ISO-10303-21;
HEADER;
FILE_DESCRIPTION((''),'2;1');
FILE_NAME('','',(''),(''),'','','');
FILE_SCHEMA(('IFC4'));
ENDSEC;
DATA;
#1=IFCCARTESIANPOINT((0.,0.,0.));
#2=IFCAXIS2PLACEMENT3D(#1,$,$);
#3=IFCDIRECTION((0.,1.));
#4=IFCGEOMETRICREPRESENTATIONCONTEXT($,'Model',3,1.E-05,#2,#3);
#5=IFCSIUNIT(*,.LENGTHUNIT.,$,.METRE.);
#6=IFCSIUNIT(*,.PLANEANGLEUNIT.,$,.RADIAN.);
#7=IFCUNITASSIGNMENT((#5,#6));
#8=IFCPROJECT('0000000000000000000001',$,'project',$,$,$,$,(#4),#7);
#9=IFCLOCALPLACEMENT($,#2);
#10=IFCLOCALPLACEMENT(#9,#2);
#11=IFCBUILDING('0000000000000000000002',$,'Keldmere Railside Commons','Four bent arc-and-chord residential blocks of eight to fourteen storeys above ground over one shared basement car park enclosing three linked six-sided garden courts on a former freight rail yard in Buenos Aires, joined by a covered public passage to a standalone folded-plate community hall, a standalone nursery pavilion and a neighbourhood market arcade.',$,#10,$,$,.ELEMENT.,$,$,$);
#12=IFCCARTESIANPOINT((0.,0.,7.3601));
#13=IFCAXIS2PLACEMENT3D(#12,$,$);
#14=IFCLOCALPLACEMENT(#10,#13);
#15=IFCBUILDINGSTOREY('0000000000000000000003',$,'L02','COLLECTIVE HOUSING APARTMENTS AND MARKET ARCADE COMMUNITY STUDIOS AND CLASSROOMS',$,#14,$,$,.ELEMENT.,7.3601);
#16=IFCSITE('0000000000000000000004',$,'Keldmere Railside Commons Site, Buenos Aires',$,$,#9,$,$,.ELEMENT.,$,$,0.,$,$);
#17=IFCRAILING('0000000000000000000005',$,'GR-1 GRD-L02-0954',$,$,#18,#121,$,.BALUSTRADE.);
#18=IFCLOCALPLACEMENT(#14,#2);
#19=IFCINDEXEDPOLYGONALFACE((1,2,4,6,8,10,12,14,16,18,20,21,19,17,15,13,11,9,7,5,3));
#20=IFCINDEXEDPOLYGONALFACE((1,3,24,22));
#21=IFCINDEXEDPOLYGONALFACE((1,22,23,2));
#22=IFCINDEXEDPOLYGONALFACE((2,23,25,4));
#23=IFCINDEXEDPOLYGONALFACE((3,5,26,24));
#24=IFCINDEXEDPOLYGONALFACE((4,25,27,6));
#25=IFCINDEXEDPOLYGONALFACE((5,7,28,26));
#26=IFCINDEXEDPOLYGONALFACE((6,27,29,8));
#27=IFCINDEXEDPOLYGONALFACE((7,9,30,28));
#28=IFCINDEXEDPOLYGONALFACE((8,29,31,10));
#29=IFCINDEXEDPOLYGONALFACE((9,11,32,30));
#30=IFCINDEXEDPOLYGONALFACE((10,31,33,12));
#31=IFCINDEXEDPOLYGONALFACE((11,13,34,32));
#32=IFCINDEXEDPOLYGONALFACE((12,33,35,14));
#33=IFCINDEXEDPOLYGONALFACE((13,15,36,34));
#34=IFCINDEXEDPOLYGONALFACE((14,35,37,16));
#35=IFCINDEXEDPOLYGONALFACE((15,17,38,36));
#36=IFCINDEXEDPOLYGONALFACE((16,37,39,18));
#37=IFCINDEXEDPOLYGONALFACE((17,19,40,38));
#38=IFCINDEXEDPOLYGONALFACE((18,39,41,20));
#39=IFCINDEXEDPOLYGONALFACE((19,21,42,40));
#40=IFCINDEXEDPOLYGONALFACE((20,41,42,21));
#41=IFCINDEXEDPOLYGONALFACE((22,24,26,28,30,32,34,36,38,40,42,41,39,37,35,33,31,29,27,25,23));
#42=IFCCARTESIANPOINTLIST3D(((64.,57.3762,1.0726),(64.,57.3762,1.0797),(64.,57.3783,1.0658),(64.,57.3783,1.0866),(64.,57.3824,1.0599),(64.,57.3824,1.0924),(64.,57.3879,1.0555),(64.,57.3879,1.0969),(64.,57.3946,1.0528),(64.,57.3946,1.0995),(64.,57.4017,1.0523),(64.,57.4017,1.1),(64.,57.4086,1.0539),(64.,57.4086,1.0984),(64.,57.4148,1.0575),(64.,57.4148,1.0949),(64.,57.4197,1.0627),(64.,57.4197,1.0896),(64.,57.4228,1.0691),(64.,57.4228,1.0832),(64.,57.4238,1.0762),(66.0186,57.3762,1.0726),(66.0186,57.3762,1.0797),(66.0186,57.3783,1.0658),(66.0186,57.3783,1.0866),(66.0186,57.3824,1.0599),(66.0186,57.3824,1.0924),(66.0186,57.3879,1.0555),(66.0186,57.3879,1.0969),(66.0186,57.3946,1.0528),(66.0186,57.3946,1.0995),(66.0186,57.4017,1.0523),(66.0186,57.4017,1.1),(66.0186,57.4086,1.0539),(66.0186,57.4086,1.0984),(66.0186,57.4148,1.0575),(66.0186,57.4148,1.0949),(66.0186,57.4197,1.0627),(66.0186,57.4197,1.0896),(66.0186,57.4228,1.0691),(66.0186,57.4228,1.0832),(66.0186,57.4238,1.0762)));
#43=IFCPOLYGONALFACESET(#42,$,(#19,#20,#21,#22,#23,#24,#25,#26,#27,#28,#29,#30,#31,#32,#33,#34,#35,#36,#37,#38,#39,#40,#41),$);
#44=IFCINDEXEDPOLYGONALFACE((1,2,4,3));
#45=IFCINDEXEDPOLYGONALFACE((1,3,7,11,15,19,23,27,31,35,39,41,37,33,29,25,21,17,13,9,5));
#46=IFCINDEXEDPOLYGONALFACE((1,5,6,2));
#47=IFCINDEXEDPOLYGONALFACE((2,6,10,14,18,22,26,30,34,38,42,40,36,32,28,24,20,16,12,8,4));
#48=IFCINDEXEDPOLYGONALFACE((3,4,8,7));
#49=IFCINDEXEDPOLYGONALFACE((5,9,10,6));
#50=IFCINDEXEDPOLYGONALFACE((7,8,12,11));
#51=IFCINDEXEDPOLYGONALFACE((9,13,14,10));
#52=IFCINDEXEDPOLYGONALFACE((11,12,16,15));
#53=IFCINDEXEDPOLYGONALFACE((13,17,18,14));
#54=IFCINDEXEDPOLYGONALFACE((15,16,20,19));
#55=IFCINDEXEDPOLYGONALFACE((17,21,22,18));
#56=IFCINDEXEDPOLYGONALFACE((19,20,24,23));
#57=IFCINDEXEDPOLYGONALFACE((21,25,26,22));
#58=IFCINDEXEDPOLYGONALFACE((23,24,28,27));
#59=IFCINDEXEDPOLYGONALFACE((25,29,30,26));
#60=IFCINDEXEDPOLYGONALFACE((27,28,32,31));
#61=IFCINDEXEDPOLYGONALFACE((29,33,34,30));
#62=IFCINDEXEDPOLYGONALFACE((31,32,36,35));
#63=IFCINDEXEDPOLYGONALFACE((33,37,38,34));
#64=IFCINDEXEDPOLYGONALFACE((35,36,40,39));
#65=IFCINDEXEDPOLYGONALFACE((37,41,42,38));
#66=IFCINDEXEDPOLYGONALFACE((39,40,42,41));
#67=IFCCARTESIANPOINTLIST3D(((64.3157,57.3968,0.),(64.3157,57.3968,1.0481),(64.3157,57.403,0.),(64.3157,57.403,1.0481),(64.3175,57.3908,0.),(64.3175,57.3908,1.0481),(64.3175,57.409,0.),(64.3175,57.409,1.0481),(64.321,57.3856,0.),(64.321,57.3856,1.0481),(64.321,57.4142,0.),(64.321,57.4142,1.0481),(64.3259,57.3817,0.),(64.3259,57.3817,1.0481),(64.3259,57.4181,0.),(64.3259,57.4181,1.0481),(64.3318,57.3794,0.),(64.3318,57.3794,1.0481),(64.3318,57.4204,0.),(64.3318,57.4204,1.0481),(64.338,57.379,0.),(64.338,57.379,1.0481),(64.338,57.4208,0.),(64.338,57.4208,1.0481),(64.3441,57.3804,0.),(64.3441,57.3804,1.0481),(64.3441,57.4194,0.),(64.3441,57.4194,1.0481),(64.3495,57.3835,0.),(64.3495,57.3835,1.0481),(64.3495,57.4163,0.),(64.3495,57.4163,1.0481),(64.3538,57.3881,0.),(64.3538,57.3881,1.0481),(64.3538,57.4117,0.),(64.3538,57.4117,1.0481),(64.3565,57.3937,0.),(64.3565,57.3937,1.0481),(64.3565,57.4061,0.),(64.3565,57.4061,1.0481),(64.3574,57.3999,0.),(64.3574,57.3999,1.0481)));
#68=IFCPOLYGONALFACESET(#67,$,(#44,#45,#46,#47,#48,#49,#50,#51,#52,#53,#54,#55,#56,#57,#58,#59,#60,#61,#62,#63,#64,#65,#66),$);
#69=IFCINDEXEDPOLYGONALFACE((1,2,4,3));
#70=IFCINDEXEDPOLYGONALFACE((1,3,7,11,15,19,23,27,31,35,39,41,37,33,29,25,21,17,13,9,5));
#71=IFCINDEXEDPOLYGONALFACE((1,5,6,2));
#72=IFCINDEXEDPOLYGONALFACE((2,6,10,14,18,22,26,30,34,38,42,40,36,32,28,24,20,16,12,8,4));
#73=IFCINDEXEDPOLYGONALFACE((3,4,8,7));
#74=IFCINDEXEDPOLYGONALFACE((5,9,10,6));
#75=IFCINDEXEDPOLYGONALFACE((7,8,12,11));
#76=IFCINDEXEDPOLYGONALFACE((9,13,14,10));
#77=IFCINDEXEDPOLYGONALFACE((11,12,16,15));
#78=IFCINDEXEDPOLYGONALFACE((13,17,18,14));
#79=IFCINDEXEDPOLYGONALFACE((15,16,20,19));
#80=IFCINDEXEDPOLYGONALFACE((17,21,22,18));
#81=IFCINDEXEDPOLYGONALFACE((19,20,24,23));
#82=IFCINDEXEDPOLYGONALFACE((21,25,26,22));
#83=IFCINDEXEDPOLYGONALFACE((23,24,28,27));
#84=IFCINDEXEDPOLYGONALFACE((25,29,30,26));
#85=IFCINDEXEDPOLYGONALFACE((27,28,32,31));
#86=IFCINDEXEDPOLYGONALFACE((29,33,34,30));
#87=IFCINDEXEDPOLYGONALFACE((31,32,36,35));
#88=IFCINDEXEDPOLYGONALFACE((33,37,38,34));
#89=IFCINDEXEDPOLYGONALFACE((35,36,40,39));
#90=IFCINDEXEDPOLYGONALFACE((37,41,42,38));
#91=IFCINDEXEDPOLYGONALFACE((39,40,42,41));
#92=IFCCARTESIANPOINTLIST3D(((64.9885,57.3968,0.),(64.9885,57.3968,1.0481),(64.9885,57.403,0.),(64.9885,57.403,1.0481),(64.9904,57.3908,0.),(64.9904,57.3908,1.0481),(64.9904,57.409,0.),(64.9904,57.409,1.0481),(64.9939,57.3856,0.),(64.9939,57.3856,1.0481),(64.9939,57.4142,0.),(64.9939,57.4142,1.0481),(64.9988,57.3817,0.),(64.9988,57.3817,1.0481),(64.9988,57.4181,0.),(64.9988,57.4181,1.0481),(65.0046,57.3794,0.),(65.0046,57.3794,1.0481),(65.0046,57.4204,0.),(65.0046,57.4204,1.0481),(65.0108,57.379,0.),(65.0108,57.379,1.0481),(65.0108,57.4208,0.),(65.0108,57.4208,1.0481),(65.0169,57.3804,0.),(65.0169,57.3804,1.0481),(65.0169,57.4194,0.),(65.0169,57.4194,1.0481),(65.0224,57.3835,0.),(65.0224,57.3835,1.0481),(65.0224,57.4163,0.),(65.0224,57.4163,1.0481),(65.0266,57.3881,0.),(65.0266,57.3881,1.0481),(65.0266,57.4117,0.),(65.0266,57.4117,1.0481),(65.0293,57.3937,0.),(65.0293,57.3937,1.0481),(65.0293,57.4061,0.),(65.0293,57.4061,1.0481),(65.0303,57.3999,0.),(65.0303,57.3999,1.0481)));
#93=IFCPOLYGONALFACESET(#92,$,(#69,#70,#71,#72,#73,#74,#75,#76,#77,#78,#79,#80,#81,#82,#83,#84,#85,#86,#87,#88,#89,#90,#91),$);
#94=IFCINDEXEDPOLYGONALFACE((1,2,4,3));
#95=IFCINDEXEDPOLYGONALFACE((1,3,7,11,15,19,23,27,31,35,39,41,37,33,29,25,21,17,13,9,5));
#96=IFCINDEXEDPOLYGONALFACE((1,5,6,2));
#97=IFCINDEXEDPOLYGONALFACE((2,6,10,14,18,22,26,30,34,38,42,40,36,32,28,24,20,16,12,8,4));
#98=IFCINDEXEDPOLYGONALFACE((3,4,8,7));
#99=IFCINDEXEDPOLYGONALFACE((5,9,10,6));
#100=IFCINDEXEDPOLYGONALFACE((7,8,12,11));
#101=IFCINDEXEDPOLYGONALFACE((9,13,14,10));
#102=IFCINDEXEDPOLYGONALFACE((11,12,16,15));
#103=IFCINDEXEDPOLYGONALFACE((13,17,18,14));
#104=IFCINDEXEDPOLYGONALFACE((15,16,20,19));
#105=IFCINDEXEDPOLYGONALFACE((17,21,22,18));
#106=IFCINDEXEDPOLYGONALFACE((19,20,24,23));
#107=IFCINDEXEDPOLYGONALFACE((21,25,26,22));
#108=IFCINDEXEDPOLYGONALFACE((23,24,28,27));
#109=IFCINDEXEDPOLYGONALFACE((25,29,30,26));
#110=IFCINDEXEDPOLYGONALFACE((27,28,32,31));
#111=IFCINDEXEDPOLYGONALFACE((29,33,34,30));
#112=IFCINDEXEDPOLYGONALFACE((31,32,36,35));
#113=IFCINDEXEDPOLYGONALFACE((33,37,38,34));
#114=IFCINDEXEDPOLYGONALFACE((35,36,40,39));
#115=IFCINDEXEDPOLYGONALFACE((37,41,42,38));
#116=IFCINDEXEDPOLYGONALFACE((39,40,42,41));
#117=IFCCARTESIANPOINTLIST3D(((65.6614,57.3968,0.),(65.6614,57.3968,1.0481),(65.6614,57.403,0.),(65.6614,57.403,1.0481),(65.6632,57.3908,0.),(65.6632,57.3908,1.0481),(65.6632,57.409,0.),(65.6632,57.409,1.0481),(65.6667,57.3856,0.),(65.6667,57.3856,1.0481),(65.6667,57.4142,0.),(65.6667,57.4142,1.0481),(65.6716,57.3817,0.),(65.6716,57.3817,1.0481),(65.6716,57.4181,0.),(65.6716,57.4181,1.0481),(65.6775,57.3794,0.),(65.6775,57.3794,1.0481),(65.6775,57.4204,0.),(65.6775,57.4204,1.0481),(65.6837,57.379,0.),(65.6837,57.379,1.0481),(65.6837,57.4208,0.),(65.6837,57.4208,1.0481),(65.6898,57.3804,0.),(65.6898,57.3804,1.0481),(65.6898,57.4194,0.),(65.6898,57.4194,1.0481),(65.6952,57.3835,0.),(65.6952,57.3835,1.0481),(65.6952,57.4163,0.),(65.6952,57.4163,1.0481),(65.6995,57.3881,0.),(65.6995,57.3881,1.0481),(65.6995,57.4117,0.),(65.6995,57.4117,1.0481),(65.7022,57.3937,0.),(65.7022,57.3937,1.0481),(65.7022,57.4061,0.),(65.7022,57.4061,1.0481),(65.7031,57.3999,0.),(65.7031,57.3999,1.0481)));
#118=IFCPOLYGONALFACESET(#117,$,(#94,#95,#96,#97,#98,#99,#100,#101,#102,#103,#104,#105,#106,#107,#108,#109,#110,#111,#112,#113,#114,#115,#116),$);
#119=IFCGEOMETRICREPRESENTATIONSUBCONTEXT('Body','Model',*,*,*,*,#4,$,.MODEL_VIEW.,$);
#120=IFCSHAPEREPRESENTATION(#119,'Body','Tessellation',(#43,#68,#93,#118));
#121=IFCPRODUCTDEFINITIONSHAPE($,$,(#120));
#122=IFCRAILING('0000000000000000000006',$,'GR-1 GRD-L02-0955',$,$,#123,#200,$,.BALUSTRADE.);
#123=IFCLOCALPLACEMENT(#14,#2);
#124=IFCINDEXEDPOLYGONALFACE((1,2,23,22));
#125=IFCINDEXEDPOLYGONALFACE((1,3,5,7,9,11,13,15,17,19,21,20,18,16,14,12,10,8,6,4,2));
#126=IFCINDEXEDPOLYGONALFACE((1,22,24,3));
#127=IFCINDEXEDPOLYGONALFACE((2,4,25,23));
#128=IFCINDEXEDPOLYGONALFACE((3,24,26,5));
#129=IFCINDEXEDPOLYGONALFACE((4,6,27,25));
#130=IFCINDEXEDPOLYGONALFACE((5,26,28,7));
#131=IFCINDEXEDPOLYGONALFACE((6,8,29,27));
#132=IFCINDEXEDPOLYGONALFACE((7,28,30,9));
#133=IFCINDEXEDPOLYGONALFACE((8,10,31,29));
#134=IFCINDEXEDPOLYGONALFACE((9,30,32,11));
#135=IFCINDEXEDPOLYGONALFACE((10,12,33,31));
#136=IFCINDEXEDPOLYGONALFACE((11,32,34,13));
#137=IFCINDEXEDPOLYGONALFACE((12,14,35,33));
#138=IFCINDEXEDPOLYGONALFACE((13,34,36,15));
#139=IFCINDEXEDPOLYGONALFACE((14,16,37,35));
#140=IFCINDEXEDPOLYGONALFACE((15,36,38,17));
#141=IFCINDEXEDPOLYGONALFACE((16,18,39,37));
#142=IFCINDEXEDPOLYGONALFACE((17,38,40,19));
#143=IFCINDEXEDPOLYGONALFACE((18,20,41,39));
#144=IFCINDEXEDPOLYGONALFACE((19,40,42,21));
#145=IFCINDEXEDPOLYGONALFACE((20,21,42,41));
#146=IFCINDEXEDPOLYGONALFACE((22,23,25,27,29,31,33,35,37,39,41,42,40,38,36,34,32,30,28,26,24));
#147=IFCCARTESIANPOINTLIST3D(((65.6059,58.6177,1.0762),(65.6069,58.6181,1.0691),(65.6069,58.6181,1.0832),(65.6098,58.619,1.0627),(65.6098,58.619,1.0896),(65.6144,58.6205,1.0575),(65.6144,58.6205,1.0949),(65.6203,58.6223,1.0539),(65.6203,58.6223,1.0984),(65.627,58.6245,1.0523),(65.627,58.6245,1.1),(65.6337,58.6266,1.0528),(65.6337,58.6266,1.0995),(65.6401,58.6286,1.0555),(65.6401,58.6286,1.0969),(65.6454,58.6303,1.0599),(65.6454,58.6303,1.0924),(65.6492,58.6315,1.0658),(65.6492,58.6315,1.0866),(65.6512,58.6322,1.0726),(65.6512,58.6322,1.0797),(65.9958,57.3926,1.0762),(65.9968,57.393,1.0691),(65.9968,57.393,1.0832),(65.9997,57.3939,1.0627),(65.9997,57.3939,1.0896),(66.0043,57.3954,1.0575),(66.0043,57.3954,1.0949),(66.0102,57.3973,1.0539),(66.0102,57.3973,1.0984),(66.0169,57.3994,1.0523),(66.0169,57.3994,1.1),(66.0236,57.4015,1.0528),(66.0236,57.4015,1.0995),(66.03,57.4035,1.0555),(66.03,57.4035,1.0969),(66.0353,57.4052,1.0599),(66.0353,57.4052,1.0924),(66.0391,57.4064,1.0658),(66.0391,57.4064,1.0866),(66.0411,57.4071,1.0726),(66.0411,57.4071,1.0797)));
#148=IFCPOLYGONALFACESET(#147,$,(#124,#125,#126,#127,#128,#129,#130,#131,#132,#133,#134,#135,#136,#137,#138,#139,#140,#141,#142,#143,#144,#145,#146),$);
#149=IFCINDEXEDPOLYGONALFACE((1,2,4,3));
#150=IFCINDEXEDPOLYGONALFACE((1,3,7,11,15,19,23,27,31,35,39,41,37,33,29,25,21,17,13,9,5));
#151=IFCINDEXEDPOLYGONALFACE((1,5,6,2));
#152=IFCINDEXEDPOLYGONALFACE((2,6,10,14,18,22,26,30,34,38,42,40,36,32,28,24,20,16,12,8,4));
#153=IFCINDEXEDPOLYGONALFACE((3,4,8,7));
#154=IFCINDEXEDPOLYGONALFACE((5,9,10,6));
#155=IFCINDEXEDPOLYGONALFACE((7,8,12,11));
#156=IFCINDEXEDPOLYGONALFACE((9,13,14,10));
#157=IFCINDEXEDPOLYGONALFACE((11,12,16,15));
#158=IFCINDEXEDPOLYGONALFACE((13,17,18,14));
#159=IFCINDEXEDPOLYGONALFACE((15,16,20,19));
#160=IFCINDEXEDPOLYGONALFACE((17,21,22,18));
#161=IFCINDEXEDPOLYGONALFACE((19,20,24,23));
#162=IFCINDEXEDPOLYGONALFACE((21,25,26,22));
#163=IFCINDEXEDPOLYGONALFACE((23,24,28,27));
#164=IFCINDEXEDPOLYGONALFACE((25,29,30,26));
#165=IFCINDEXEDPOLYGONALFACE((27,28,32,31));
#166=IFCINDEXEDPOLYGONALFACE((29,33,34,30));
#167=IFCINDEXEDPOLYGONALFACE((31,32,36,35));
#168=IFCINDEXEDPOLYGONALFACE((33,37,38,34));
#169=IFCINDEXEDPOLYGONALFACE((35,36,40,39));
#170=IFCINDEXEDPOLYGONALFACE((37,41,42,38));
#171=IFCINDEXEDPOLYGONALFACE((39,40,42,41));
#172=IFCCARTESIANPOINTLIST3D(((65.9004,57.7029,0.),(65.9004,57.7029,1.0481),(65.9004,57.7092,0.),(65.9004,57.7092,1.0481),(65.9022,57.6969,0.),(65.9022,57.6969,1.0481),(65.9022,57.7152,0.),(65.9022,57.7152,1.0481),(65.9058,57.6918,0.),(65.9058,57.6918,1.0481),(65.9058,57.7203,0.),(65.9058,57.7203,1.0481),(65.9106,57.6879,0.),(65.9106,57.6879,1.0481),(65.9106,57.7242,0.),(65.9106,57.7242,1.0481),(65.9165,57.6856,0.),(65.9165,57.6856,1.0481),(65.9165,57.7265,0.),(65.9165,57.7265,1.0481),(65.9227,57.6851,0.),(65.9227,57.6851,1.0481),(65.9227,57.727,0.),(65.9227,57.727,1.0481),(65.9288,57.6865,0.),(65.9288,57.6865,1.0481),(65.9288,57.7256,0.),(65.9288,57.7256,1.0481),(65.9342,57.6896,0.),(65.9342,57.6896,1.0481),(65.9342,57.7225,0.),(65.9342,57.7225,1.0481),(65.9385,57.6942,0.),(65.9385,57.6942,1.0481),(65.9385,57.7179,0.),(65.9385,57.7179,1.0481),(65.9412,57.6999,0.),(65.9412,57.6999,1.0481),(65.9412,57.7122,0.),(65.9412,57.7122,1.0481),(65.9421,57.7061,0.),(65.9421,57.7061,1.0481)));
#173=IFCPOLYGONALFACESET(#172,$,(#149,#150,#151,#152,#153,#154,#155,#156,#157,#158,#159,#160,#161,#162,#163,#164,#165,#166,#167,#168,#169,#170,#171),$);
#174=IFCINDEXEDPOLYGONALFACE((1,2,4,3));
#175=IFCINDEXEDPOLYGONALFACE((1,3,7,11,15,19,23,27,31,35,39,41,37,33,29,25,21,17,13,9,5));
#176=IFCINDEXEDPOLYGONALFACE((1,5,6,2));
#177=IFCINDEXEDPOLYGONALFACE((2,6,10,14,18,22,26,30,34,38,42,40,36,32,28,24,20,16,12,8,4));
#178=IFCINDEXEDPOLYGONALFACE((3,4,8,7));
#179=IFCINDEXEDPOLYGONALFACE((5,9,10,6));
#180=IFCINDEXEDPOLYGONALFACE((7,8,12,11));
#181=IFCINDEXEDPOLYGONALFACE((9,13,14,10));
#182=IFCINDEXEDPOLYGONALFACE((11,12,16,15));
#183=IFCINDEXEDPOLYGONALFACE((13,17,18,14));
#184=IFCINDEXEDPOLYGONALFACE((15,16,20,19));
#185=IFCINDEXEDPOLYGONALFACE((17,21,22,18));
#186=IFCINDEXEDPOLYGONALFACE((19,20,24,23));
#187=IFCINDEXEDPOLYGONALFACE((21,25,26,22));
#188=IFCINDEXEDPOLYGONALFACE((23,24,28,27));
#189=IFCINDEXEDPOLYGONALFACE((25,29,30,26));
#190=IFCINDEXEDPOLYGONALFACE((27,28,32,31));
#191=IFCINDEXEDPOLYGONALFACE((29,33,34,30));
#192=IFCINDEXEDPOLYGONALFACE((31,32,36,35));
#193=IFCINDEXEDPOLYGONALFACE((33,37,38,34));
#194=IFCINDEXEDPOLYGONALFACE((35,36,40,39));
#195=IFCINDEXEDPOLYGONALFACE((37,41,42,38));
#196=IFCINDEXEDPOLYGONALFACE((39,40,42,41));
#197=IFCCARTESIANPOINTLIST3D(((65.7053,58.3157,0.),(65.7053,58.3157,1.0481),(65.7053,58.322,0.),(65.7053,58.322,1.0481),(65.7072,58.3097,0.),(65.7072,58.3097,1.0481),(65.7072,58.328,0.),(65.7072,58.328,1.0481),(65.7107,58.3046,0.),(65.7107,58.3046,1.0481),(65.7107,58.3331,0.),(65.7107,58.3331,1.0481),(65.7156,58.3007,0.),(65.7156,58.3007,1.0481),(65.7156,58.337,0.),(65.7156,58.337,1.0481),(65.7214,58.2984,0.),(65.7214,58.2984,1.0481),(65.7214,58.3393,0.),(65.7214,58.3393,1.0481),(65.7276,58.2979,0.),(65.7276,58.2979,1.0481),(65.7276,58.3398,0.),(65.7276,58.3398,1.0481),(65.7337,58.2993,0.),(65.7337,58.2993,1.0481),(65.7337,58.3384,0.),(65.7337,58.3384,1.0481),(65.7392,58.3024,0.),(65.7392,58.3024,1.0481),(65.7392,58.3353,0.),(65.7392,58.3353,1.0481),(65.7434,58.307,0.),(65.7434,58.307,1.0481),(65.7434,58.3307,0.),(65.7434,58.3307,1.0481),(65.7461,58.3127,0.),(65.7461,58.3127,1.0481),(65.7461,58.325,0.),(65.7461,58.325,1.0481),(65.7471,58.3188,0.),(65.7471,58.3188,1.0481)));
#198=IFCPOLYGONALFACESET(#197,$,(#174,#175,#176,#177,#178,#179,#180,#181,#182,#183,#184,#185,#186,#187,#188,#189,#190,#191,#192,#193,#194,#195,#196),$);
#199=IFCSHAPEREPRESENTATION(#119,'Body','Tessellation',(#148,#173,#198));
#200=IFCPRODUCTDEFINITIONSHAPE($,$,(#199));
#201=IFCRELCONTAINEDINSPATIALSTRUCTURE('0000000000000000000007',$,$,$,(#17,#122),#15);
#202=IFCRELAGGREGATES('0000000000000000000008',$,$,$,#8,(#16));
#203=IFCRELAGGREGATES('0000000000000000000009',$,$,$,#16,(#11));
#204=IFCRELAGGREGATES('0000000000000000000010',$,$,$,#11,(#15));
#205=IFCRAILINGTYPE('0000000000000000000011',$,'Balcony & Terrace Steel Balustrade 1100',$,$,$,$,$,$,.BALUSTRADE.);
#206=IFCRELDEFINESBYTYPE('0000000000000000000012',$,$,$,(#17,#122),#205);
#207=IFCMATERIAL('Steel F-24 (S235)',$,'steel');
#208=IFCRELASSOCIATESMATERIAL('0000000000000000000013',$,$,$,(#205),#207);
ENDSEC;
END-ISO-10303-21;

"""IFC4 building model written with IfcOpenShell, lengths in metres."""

from ifc_helpers import new_model, si_unit, direction, frame, origin, origin_2d, place, context, subcontext, project, spatial, circle, extrude, material, type_object, element, save


model = new_model("IFC4")

# Units and contexts
model_context = context("Model", 3, precision=1e-05, world=origin(), true_north=direction((0.0, 1.0)))
body_context = subcontext(model_context, "Body", "Model", "MODEL_VIEW")
ifc_project = project(units=[si_unit("LENGTHUNIT", "METRE"), si_unit("PLANEANGLEUNIT", "RADIAN")], contexts=[model_context])

# Site, building, storey
site_placement = place(None, origin())
site = spatial("IfcSite", under=ifc_project, at=site_placement, Name="Keldmere Railside Commons Site, Buenos Aires", CompositionType="ELEMENT", RefElevation=0.0)
building_placement = place(site_placement, origin())
building = spatial("IfcBuilding", under=site, at=building_placement, Name="Keldmere Railside Commons", Description="Four bent arc-and-chord residential blocks of eight to fourteen storeys above ground over one shared basement car park enclosing three linked six-sided garden courts on a former freight rail yard in Buenos Aires, joined by a covered public passage to a standalone folded-plate community hall, a standalone nursery pavilion and a neighbourhood market arcade.", CompositionType="ELEMENT")
storey_placement = place(building_placement, frame((0.0, 0.0, 7.3601)))
storey = spatial("IfcBuildingStorey", under=building, at=storey_placement, Name="L02", Description="COLLECTIVE HOUSING APARTMENTS AND MARKET ARCADE COMMUNITY STUDIOS AND CLASSROOMS", CompositionType="ELEMENT", Elevation=7.3601)

# Railings
ifc_material_1 = material(Name="Steel F-24 (S235)", Category="steel")
railing_type = type_object("IfcRailingType", Name="Balcony & Terrace Steel Balustrade 1100", PredefinedType="BALUSTRADE", material=ifc_material_1)
railing_1_placement = place(storey_placement, frame((64.0, 57.3999, 0.0)))
element("IfcRailing", 1, at=railing_1_placement, inside=storey, type_object=railing_type, Name="GR-1 GRD-L02-0954", PredefinedType="BALUSTRADE", context=body_context, shape_type="SweptSolid", body=[
    extrude(circle(Radius=0.0239, at=origin_2d()), frame((0.0, 0.0, 1.0762), z_axis=(1.0, 0.0, 0.0), x_axis=(0.0, 1.0, 0.0)), (0.0, 0.0, 1.0), 2.0186),
    extrude(circle(Radius=0.021, at=origin_2d()), frame((0.3364, 0.0, 0.0)), (0.0, 0.0, 1.0), 1.0481),
    extrude(circle(Radius=0.021, at=origin_2d()), frame((1.0093, 0.0, 0.0)), (0.0, 0.0, 1.0), 1.0481),
    extrude(circle(Radius=0.021, at=origin_2d()), frame((1.6821, 0.0, 0.0)), (0.0, 0.0, 1.0), 1.0481),
])
railing_2_placement = place(storey_placement, frame((66.0186, 57.3999, 0.0)))
element("IfcRailing", 2, at=railing_2_placement, inside=storey, type_object=railing_type, Name="GR-1 GRD-L02-0955", PredefinedType="BALUSTRADE", context=body_context, shape_type="SweptSolid", body=[
    extrude(circle(Radius=0.0239, at=origin_2d()), frame((0.0, 0.0, 1.0762), z_axis=(-0.303266, 0.952906, 0.0), x_axis=(-0.952906, -0.303266, 0.0)), (0.0, 0.0, 1.0), 1.2856),
    extrude(circle(Radius=0.021, at=origin_2d()), frame((-0.0974, 0.3062, 0.0)), (0.0, 0.0, 1.0), 1.0481),
    extrude(circle(Radius=0.021, at=origin_2d()), frame((-0.2925, 0.9189, 0.0)), (0.0, 0.0, 1.0), 1.0481),
])

save(model, "model.ifc")
